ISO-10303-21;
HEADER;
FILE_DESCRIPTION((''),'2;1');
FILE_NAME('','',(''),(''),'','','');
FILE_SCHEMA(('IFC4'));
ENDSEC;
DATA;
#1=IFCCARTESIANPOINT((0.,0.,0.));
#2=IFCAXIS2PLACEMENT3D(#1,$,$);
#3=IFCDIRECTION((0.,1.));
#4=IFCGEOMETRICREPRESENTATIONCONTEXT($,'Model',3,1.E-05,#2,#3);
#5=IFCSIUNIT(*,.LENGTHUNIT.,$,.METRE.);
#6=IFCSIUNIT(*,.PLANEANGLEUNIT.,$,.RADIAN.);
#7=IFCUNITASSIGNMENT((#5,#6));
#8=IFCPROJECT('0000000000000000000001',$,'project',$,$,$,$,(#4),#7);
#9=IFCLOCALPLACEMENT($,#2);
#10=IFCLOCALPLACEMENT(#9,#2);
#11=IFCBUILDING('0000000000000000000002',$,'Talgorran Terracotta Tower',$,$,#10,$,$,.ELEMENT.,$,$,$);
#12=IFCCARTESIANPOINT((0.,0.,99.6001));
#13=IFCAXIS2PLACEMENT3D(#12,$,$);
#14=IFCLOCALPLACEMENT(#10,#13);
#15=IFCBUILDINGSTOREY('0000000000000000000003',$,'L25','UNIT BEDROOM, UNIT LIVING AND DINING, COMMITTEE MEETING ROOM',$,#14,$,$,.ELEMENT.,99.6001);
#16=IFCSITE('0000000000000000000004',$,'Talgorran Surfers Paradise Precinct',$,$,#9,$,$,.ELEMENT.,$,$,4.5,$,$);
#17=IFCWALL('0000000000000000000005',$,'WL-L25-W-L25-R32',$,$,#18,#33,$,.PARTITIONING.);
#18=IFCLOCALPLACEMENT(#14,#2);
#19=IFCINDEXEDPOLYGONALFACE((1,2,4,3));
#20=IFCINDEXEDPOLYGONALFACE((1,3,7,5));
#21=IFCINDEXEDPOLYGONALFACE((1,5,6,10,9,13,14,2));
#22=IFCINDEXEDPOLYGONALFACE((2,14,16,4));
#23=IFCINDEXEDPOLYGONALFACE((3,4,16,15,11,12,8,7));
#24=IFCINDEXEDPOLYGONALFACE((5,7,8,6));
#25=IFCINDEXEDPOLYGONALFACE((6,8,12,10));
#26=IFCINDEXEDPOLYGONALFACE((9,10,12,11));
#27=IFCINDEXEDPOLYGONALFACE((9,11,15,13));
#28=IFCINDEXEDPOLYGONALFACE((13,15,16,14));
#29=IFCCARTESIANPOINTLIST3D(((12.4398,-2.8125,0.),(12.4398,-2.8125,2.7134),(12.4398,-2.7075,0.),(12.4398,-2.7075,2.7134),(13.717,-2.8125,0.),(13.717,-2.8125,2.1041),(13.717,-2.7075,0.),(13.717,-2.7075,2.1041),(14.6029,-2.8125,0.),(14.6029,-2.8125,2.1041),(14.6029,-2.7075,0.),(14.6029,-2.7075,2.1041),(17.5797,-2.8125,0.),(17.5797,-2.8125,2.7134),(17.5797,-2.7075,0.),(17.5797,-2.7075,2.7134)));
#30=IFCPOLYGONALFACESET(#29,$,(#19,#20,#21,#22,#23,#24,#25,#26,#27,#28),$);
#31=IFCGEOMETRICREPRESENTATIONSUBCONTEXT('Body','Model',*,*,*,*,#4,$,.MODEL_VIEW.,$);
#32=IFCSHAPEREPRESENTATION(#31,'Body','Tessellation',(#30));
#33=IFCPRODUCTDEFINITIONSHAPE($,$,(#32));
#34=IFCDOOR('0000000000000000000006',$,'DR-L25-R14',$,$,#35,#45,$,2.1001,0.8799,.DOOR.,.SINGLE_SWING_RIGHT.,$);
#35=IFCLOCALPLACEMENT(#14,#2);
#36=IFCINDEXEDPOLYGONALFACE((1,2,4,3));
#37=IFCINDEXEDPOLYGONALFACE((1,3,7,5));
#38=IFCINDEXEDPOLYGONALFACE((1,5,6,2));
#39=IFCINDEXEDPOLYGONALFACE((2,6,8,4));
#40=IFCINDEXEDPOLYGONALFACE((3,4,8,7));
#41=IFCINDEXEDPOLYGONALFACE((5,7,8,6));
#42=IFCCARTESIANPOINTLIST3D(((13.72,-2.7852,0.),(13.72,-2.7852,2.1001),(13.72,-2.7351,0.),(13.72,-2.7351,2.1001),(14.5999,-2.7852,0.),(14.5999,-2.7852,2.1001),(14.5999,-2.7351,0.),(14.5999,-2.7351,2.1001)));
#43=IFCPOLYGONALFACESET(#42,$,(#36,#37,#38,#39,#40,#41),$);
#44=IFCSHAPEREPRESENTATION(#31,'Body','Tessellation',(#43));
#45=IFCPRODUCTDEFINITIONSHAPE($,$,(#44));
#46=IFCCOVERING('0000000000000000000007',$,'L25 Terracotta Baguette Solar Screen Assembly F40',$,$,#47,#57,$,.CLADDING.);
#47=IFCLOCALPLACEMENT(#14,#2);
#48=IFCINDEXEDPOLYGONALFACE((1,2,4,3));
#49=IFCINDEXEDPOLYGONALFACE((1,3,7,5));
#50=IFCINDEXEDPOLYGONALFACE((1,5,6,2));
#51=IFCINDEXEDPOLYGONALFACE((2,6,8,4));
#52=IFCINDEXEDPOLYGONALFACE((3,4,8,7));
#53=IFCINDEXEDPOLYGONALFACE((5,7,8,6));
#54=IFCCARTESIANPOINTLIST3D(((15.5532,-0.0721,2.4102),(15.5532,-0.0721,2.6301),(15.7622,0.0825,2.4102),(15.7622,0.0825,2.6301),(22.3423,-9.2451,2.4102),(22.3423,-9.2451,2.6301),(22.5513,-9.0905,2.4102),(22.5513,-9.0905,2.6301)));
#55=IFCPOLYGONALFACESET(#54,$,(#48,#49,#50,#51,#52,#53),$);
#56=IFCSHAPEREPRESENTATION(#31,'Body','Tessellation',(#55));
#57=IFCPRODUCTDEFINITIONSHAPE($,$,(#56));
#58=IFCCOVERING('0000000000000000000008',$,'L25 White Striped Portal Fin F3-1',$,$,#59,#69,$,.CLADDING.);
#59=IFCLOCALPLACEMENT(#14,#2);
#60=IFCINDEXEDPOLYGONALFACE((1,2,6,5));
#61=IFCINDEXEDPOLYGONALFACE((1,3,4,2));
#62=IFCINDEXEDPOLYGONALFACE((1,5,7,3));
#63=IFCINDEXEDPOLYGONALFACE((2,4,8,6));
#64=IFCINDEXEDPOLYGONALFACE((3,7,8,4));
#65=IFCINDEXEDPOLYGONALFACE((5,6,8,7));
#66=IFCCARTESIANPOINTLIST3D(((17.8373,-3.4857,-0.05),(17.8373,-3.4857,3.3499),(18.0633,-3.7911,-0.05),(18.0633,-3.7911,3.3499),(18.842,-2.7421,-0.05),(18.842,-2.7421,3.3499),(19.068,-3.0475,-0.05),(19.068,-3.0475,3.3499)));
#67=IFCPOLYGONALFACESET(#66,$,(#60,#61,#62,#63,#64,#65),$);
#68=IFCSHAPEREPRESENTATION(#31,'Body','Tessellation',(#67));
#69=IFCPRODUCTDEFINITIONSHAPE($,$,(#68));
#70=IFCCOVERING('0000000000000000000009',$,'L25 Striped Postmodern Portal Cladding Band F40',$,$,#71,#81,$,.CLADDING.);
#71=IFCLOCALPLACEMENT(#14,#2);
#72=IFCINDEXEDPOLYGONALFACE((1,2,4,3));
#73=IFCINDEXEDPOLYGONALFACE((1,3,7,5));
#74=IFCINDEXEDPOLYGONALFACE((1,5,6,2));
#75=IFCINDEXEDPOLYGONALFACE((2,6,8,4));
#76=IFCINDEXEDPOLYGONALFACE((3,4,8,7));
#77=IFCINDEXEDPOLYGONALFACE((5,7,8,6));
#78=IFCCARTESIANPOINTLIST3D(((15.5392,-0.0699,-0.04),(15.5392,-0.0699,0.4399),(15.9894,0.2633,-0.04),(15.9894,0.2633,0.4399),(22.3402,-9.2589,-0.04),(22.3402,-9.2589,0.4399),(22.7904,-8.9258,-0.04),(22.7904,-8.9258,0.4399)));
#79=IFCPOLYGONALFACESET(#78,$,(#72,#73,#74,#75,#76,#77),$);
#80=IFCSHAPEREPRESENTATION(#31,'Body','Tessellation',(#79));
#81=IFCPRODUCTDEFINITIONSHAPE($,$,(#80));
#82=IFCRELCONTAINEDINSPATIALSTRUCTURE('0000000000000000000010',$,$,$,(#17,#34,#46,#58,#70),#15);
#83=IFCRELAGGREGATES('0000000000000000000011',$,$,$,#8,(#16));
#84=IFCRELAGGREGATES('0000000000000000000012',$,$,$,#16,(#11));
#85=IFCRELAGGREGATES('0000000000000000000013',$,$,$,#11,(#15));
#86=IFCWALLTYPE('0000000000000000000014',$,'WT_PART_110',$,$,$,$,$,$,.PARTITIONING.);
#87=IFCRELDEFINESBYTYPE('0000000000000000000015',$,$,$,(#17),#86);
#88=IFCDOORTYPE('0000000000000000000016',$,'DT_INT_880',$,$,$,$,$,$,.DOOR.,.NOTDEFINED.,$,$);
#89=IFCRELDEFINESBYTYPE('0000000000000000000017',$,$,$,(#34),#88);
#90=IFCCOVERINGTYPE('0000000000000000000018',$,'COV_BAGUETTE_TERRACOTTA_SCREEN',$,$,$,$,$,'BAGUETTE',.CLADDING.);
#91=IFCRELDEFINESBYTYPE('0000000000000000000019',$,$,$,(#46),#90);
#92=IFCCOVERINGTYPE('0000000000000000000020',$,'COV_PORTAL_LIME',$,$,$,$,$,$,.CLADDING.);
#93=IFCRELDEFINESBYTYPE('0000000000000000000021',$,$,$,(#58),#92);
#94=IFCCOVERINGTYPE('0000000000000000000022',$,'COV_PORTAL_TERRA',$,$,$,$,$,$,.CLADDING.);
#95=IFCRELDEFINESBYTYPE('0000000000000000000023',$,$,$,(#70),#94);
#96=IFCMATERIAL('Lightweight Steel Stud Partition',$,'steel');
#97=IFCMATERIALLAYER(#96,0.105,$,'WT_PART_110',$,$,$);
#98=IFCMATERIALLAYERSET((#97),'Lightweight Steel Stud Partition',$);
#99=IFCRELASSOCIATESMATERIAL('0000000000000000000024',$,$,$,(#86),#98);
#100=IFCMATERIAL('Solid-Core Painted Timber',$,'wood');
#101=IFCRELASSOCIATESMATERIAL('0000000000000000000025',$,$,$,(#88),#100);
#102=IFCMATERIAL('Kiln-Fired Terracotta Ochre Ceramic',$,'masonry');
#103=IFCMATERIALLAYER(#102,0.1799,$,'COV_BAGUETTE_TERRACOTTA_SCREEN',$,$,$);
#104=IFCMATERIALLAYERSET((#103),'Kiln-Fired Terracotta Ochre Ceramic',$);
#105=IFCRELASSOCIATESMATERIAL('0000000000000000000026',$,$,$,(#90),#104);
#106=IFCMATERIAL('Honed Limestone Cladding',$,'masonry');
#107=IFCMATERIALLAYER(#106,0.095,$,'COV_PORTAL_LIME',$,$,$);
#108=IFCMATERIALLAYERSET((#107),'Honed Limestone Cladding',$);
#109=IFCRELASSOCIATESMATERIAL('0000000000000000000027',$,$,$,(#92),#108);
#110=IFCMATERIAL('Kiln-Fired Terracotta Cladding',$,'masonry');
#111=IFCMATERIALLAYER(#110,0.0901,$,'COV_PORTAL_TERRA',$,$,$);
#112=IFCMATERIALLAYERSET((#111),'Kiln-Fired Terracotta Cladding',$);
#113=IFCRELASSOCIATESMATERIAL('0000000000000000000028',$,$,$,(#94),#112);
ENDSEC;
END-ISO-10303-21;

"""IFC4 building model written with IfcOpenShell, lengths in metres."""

from ifc_helpers import new_model, si_unit, direction, frame, frame_2d, origin, origin_2d, place, context, subcontext, project, spatial, rectangle, extrude, material, layer, layer_set, type_object, element, fill, save


model = new_model("IFC4")

# Units and contexts
model_context = context("Model", 3, precision=1e-05, world=origin(), true_north=direction((0.0, 1.0)))
body_context = subcontext(model_context, "Body", "Model", "MODEL_VIEW")
ifc_project = project(units=[si_unit("LENGTHUNIT", "METRE"), si_unit("PLANEANGLEUNIT", "RADIAN")], contexts=[model_context])

# Site, building, storey
site_placement = place(None, origin())
site = spatial("IfcSite", under=ifc_project, at=site_placement, Name="Talgorran Surfers Paradise Precinct", CompositionType="ELEMENT", RefElevation=4.5)
building_placement = place(site_placement, origin())
building = spatial("IfcBuilding", under=site, at=building_placement, Name="Talgorran Terracotta Tower", CompositionType="ELEMENT")
storey_placement = place(building_placement, frame((0.0, 0.0, 99.6001)))
storey = spatial("IfcBuildingStorey", under=building, at=storey_placement, Name="L25", Description="UNIT BEDROOM, UNIT LIVING AND DINING, COMMITTEE MEETING ROOM", CompositionType="ELEMENT", Elevation=99.6001)

# Wall, opening, door
ifc_material_1 = material(Name="Lightweight Steel Stud Partition", Category="steel")
ifc_layer_1 = layer(ifc_material_1, 0.105, Name="WT_PART_110")
ifc_layer_set_1 = layer_set([ifc_layer_1], Name="Lightweight Steel Stud Partition")
wall_type_1 = type_object("IfcWallType", Name="WT_PART_110", PredefinedType="PARTITIONING", material=ifc_layer_set_1)
wall_1_placement = place(storey_placement, frame((12.4399, -2.76, 0.0), z_axis=(0.0, 0.0, 1.0), x_axis=(1.0, 0.0, 0.0)))
wall_1 = element("IfcWall", 1, at=wall_1_placement, inside=storey, type_object=wall_type_1, Name="WL-L25-W-L25-R32", PredefinedType="PARTITIONING", context=body_context, shape_type="SweptSolid", body=[
    extrude(rectangle(XDim=5.1399, YDim=0.105, at=frame_2d((2.5698, 0.0))), origin(), (0.0, 0.0, 1.0), 2.7134),
])
opening_1_placement = place(wall_1_placement, frame((1.28, 0.0, 0.0)))
opening_1 = element("IfcOpeningElement", 2, at=opening_1_placement, cuts=wall_1, PredefinedType="OPENING", context=body_context, shape_type="SweptSolid", body=[
    extrude(rectangle(XDim=0.8859, YDim=2.1041, at=frame_2d((0.4399, 1.052))), frame((0.0, 0.0625, 0.0), z_axis=(0.0, -1.0, 0.0), x_axis=(1.0, 0.0, 0.0)), (0.0, 0.0, 1.0), 0.125),
])
ifc_material_2 = material(Name="Solid-Core Painted Timber", Category="wood")
door_type_1 = type_object("IfcDoorType", Name="DT_INT_880", OperationType="NOTDEFINED", PredefinedType="DOOR", material=ifc_material_2)
door_1_placement = place(opening_1_placement, origin())
door_1 = element("IfcDoor", 3, at=door_1_placement, inside=storey, type_object=door_type_1, Name="DR-L25-R14", OperationType="SINGLE_SWING_RIGHT", OverallHeight=2.1001, OverallWidth=0.8799, PredefinedType="DOOR", context=body_context, shape_type="SweptSolid", body=[
    extrude(rectangle(XDim=0.8799, YDim=2.1001, at=frame_2d((0.4399, 1.05))), frame((0.0, 0.0249, 0.0), z_axis=(0.0, -1.0, 0.0), x_axis=(1.0, 0.0, 0.0)), (0.0, 0.0, 1.0), 0.05),
])
fill(opening_1, door_1)

# Coverings
ifc_material_3 = material(Name="Kiln-Fired Terracotta Ochre Ceramic", Category="masonry")
ifc_layer_2 = layer(ifc_material_3, 0.1799, Name="COV_BAGUETTE_TERRACOTTA_SCREEN")
ifc_layer_set_2 = layer_set([ifc_layer_2], Name="Kiln-Fired Terracotta Ochre Ceramic")
covering_type_1 = type_object("IfcCoveringType", Name="COV_BAGUETTE_TERRACOTTA_SCREEN", ElementType="BAGUETTE", PredefinedType="CLADDING", material=ifc_layer_set_2)
covering_1_placement = place(storey_placement, frame((19.0522, -4.5813, 2.4102), z_axis=(0.0, 0.0, 1.0), x_axis=(-0.594907, 0.803795, 0.0)))
element("IfcCovering", 4, at=covering_1_placement, inside=storey, type_object=covering_type_1, Name="L25 Terracotta Baguette Solar Screen Assembly F40", PredefinedType="CLADDING", context=body_context, shape_type="SweptSolid", body=[
    extrude(rectangle(XDim=11.4121, YDim=0.26, at=origin_2d()), origin(), (0.0, 0.0, 1.0), 0.22),
])
ifc_material_4 = material(Name="Honed Limestone Cladding", Category="masonry")
ifc_layer_3 = layer(ifc_material_4, 0.095, Name="COV_PORTAL_LIME")
ifc_layer_set_3 = layer_set([ifc_layer_3], Name="Honed Limestone Cladding")
covering_type_2 = type_object("IfcCoveringType", Name="COV_PORTAL_LIME", PredefinedType="CLADDING", material=ifc_layer_set_3)
covering_2_placement = place(storey_placement, frame((18.4526, -3.2666, -0.05), z_axis=(0.0, 0.0, 1.0), x_axis=(-0.594907, 0.803795, 0.0)))
element("IfcCovering", 5, at=covering_2_placement, inside=storey, type_object=covering_type_2, Name="L25 White Striped Portal Fin F3-1", PredefinedType="CLADDING", context=body_context, shape_type="SweptSolid", body=[
    extrude(rectangle(XDim=0.3799, YDim=1.25, at=origin_2d()), origin(), (0.0, 0.0, 1.0), 3.3999),
])
ifc_material_5 = material(Name="Kiln-Fired Terracotta Cladding", Category="masonry")
ifc_layer_4 = layer(ifc_material_5, 0.0901, Name="COV_PORTAL_TERRA")
ifc_layer_set_4 = layer_set([ifc_layer_4], Name="Kiln-Fired Terracotta Cladding")
covering_type_3 = type_object("IfcCoveringType", Name="COV_PORTAL_TERRA", PredefinedType="CLADDING", material=ifc_layer_set_4)
covering_3_placement = place(storey_placement, frame((19.1648, -4.4978, -0.04), z_axis=(0.0, 0.0, 1.0), x_axis=(-0.594907, 0.803795, 0.0)))
element("IfcCovering", 6, at=covering_3_placement, inside=storey, type_object=covering_type_3, Name="L25 Striped Postmodern Portal Cladding Band F40", PredefinedType="CLADDING", context=body_context, shape_type="SweptSolid", body=[
    extrude(rectangle(XDim=11.4321, YDim=0.5601, at=origin_2d()), origin(), (0.0, 0.0, 1.0), 0.48),
])

save(model, "model.ifc")
